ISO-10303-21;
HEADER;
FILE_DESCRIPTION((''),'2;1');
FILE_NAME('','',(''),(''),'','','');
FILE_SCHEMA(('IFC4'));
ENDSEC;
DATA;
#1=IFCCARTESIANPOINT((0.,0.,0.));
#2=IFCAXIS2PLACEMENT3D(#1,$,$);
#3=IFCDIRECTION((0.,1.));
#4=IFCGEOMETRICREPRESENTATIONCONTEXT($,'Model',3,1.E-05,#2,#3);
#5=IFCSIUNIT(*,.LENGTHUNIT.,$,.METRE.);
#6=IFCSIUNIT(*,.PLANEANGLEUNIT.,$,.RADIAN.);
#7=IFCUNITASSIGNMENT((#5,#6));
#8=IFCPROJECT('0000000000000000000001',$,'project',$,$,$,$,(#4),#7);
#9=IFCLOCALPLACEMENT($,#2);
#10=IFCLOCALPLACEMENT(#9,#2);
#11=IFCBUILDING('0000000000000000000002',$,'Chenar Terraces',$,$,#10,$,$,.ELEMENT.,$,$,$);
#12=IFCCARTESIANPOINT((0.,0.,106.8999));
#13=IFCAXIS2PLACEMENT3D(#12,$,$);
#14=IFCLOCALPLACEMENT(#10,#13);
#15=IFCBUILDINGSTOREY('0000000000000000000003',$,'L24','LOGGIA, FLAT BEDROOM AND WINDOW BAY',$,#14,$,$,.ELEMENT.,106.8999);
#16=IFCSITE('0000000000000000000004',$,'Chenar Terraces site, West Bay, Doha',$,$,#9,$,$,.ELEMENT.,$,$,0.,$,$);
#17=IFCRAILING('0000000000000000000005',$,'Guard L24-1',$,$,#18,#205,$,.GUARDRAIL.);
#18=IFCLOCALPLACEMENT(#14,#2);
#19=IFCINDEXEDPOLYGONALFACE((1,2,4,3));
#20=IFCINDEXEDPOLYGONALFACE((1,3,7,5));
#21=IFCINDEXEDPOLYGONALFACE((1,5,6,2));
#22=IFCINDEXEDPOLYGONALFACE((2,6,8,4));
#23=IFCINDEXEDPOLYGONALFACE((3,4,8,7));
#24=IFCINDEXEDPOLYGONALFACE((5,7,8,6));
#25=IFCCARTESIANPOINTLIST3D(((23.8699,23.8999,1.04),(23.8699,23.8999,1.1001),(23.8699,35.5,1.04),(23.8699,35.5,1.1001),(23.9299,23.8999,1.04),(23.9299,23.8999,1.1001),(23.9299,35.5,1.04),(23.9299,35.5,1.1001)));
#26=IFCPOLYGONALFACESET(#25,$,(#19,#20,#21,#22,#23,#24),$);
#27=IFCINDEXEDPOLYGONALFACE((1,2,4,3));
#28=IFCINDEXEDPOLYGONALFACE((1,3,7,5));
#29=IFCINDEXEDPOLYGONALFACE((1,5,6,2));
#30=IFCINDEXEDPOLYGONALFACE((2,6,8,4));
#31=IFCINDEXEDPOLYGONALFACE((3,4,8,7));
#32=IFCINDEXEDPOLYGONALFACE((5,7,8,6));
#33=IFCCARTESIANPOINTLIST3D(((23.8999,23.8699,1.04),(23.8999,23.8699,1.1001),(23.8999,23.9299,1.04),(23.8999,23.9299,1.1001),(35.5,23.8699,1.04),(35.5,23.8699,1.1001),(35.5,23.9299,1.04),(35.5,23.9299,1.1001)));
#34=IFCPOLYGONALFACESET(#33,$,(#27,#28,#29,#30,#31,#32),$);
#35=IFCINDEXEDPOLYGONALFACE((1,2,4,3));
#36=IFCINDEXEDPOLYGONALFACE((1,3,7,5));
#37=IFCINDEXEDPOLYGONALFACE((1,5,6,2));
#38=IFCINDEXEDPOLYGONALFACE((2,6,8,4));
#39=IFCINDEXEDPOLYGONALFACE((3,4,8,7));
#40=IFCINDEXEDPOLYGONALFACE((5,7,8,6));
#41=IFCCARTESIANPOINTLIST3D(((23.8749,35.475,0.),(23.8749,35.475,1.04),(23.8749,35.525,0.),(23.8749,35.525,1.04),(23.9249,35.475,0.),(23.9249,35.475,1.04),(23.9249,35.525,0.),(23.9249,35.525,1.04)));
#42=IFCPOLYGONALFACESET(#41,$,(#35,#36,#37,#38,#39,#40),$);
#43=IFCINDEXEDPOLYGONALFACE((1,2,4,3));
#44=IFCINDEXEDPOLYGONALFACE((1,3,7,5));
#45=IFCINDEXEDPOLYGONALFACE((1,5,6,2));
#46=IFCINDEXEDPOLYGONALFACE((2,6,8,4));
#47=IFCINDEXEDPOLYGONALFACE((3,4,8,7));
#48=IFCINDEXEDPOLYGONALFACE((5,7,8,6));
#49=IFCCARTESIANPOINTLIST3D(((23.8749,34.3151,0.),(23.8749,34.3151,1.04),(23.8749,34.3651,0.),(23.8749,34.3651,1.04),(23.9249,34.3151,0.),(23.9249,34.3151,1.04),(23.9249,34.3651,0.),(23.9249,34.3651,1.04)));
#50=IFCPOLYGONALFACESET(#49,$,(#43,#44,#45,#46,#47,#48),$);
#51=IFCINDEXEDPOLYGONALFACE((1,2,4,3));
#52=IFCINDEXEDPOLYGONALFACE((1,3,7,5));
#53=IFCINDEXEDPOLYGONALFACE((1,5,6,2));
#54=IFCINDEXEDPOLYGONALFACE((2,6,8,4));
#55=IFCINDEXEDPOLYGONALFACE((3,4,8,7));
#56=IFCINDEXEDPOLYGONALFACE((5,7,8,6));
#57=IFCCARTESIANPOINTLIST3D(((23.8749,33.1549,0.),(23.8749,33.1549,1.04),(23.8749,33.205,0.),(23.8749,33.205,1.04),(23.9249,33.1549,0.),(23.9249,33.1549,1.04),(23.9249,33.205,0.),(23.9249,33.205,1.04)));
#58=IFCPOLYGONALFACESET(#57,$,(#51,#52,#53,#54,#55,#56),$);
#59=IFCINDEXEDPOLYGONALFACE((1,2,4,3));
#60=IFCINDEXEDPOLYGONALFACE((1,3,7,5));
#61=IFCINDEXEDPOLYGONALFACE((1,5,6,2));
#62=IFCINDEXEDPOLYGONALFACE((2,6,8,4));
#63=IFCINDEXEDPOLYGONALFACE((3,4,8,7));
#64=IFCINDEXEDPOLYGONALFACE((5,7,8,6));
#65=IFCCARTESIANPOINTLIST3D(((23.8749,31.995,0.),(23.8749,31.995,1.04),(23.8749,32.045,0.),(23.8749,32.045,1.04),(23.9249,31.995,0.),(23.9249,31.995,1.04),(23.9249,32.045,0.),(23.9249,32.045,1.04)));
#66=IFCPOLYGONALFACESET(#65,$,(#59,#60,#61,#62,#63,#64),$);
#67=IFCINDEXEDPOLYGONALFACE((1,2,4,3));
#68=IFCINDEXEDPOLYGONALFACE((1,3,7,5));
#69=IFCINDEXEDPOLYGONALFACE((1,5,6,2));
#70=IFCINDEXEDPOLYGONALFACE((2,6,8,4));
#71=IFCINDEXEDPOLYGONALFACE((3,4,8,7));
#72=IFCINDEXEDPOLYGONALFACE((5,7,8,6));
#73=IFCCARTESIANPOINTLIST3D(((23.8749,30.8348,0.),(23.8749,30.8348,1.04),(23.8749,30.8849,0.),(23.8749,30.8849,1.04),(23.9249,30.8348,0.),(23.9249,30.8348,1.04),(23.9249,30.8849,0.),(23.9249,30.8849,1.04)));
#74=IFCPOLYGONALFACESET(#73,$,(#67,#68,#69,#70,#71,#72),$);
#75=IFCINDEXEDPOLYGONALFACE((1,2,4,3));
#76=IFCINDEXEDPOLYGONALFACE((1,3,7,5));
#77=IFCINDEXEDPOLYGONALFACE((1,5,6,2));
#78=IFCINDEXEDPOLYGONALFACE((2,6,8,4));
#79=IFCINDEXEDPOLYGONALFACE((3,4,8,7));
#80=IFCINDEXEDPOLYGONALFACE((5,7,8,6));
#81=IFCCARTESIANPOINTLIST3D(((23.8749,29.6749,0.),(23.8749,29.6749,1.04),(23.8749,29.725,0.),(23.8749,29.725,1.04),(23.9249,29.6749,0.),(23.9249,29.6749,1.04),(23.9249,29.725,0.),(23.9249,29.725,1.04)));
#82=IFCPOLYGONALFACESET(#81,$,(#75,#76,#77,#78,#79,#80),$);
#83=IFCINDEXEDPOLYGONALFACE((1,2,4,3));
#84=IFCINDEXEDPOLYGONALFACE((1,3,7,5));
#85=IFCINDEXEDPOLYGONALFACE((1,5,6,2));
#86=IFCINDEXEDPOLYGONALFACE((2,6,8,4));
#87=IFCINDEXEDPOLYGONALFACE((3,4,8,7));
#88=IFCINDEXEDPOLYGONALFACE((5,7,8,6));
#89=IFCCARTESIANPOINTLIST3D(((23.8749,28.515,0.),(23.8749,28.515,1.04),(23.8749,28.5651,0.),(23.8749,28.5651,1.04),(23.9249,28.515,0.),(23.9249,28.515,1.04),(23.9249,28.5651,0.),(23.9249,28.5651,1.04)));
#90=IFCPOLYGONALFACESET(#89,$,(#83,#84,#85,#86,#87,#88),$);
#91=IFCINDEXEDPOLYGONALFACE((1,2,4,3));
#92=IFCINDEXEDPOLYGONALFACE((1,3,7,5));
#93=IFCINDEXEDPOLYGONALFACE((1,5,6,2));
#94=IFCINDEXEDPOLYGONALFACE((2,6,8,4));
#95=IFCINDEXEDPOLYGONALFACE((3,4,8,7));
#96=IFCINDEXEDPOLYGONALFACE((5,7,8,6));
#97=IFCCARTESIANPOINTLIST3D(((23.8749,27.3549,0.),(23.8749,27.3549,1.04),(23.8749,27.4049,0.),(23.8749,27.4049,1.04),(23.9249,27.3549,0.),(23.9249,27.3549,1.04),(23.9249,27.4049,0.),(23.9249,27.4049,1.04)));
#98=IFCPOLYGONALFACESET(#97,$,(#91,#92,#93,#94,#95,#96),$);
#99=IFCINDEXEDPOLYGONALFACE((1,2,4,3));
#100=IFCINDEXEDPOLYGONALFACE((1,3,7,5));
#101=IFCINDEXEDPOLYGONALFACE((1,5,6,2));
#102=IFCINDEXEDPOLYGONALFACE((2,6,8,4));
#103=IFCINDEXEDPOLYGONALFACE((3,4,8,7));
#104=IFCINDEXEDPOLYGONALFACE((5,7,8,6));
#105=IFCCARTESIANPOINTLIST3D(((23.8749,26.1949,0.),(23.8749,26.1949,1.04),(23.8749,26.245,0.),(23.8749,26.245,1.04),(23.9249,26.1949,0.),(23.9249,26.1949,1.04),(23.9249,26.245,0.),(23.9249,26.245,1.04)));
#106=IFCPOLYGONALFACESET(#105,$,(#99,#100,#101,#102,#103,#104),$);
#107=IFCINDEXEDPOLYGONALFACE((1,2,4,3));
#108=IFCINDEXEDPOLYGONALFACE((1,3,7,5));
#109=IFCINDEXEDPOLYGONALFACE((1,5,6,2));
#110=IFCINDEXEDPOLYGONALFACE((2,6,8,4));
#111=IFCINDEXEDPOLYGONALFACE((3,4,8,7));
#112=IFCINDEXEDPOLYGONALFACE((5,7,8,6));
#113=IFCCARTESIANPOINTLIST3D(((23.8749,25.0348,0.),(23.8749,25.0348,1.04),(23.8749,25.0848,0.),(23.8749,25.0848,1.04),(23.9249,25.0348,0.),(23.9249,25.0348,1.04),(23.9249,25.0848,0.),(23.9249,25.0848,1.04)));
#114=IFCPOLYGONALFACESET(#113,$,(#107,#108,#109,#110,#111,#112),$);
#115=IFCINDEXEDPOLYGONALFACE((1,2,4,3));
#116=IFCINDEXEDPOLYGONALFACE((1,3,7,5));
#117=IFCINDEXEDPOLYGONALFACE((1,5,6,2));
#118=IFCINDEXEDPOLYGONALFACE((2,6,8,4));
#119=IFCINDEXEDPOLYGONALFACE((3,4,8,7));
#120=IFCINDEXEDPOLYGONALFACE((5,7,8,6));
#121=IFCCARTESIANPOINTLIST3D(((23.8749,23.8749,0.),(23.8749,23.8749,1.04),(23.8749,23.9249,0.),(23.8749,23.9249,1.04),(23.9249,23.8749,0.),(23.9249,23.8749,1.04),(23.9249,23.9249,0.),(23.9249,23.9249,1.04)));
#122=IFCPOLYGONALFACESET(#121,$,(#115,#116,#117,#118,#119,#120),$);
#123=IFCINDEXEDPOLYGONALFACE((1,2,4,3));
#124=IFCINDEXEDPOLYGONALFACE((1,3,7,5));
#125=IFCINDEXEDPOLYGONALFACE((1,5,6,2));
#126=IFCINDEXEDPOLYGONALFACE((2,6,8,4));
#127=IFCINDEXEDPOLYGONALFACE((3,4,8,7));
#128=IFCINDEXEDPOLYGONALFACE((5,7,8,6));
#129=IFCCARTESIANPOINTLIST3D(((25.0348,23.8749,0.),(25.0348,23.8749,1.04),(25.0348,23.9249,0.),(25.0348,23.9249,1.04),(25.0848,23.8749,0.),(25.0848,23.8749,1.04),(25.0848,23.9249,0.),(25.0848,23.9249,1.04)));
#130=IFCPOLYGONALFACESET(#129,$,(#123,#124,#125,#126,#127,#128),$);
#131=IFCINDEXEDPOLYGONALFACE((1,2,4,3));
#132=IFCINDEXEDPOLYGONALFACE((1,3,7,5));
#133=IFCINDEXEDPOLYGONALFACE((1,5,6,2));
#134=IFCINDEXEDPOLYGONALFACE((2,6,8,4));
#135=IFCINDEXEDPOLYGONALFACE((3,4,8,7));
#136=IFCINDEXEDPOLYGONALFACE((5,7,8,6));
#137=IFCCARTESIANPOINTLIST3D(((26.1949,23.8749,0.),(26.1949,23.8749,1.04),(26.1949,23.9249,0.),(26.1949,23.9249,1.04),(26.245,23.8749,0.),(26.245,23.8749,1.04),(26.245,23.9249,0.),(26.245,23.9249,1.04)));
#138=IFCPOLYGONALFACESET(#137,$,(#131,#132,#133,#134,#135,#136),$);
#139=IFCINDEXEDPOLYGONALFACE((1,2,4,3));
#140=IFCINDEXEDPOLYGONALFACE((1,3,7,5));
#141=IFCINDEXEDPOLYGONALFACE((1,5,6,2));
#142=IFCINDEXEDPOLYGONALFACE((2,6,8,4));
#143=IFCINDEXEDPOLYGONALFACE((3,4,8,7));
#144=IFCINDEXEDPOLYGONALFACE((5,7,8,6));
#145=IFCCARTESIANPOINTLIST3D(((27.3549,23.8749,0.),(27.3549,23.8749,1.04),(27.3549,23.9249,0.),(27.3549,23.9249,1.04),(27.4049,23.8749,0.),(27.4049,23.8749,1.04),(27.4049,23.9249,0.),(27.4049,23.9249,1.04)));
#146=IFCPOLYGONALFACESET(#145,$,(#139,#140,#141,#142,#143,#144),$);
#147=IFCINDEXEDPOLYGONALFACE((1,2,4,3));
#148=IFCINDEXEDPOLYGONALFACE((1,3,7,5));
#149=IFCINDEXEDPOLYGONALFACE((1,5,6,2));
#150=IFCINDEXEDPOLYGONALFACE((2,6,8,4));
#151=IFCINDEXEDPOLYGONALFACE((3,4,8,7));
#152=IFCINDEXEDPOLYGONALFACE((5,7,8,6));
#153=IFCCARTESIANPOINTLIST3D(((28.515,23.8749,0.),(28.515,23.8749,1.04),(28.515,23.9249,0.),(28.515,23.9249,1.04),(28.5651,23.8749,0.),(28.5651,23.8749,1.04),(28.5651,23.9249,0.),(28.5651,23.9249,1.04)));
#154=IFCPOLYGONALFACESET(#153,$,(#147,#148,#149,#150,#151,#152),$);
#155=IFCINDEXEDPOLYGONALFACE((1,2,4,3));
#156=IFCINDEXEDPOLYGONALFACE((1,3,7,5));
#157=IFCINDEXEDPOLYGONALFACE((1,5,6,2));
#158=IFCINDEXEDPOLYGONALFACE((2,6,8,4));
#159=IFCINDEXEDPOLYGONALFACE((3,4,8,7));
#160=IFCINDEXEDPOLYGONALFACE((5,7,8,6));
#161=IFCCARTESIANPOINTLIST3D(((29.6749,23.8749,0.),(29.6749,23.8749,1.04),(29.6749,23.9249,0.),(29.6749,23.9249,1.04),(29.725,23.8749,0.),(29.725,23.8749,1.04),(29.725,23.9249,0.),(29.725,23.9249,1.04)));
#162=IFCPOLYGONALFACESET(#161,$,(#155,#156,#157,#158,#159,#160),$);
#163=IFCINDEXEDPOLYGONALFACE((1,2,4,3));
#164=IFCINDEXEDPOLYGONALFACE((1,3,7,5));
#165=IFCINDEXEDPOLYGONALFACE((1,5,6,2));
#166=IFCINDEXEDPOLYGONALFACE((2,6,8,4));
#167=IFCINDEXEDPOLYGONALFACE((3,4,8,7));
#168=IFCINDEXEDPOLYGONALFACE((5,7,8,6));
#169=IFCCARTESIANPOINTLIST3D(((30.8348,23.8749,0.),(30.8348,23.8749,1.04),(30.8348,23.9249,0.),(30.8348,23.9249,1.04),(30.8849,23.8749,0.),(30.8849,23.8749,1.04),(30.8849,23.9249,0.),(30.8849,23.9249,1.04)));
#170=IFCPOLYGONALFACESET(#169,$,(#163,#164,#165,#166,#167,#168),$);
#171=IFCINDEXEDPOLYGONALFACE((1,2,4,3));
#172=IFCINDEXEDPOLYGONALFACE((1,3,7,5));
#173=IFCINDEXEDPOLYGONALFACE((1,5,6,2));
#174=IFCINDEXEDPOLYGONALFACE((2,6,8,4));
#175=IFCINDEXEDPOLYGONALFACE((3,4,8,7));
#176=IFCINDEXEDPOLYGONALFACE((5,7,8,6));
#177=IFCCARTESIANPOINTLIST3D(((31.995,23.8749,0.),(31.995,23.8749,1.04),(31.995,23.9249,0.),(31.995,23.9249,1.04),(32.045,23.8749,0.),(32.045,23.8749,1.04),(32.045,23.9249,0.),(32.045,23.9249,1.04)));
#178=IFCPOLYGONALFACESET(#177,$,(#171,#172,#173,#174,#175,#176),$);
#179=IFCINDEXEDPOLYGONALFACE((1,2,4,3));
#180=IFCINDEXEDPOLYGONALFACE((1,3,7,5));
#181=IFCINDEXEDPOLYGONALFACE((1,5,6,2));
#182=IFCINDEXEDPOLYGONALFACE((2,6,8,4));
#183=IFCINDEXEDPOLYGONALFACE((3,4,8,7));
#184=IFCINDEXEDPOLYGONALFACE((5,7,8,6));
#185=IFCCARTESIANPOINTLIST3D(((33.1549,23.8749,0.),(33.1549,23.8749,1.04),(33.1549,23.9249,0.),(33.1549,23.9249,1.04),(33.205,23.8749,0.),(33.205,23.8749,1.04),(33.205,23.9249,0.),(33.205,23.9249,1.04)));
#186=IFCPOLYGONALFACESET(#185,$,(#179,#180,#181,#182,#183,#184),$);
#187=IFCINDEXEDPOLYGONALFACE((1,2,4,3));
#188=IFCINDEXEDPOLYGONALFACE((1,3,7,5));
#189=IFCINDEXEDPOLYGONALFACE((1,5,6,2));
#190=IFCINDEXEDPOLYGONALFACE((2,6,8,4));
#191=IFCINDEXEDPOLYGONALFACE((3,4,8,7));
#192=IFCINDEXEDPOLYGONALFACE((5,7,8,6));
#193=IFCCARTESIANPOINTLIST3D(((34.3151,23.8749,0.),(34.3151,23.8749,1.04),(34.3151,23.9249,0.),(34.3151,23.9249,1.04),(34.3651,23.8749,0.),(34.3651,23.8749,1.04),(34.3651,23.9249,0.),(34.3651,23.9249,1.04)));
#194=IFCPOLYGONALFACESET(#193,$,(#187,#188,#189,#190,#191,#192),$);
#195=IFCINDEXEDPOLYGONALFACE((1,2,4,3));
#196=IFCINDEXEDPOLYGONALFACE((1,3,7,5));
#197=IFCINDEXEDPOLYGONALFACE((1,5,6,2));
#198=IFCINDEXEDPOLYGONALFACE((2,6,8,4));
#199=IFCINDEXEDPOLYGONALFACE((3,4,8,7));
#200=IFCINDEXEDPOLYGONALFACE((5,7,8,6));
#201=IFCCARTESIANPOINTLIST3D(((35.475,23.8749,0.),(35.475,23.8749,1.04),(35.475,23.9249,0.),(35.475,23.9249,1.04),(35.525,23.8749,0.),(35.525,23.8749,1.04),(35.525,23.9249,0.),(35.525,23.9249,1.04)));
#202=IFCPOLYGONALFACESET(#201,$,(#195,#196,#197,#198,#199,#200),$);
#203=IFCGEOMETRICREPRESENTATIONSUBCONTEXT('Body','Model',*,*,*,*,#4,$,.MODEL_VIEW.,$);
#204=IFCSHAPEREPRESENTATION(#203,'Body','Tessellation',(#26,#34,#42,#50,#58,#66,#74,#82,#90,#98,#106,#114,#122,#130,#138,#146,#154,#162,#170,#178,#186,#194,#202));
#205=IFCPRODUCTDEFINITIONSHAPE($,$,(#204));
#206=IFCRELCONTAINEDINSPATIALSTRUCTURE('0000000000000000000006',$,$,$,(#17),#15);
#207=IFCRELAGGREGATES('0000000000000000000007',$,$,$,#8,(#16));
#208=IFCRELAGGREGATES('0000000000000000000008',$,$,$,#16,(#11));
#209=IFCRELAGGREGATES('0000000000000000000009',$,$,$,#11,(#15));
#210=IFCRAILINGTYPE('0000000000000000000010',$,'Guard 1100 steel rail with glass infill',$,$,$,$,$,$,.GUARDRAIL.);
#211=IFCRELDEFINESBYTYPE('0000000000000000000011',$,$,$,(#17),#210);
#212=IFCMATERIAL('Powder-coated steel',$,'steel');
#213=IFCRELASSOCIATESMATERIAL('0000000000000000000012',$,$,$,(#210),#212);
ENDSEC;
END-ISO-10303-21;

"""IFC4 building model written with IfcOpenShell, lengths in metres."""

from ifc_helpers import new_model, si_unit, direction, frame, origin, origin_2d, place, context, subcontext, project, spatial, rectangle, extrude, material, type_object, element, save


model = new_model("IFC4")

# Units and contexts
model_context = context("Model", 3, precision=1e-05, world=origin(), true_north=direction((0.0, 1.0)))
body_context = subcontext(model_context, "Body", "Model", "MODEL_VIEW")
ifc_project = project(units=[si_unit("LENGTHUNIT", "METRE"), si_unit("PLANEANGLEUNIT", "RADIAN")], contexts=[model_context])

# Site, building, storey
site_placement = place(None, origin())
site = spatial("IfcSite", under=ifc_project, at=site_placement, Name="Chenar Terraces site, West Bay, Doha", CompositionType="ELEMENT", RefElevation=0.0)
building_placement = place(site_placement, origin())
building = spatial("IfcBuilding", under=site, at=building_placement, Name="Chenar Terraces", CompositionType="ELEMENT")
storey_placement = place(building_placement, frame((0.0, 0.0, 106.8999)))
storey = spatial("IfcBuildingStorey", under=building, at=storey_placement, Name="L24", Description="LOGGIA, FLAT BEDROOM AND WINDOW BAY", CompositionType="ELEMENT", Elevation=106.8999)

# Railing
ifc_material_1 = material(Name="Powder-coated steel", Category="steel")
railing_type = type_object("IfcRailingType", Name="Guard 1100 steel rail with glass infill", PredefinedType="GUARDRAIL", material=ifc_material_1)
railing_placement = place(storey_placement, frame((23.8999, 35.5, 0.0)))
element("IfcRailing", 1, at=railing_placement, inside=storey, type_object=railing_type, Name="Guard L24-1", PredefinedType="GUARDRAIL", context=body_context, shape_type="SweptSolid", body=[
    extrude(rectangle(XDim=0.0601, YDim=0.0601, at=origin_2d()), frame((0.0, 0.0, 1.0701), z_axis=(0.0, -1.0, 0.0), x_axis=(1.0, 0.0, 0.0)), (0.0, 0.0, 1.0), 11.6001),
    extrude(rectangle(XDim=0.0601, YDim=0.0601, at=origin_2d()), frame((0.0, -11.6001, 1.0701), z_axis=(1.0, 0.0, 0.0), x_axis=(0.0, 1.0, 0.0)), (0.0, 0.0, 1.0), 11.6001),
    extrude(rectangle(XDim=0.05, YDim=0.05, at=origin_2d()), origin(), (0.0, 0.0, 1.0), 1.04),
    extrude(rectangle(XDim=0.05, YDim=0.05, at=origin_2d()), frame((0.0, -1.1599, 0.0)), (0.0, 0.0, 1.0), 1.04),
    extrude(rectangle(XDim=0.05, YDim=0.05, at=origin_2d()), frame((0.0, -2.3201, 0.0)), (0.0, 0.0, 1.0), 1.04),
    extrude(rectangle(XDim=0.05, YDim=0.05, at=origin_2d()), frame((0.0, -3.48, 0.0)), (0.0, 0.0, 1.0), 1.04),
    extrude(rectangle(XDim=0.05, YDim=0.05, at=origin_2d()), frame((0.0, -4.6401, 0.0)), (0.0, 0.0, 1.0), 1.04),
    extrude(rectangle(XDim=0.05, YDim=0.05, at=origin_2d()), frame((0.0, -5.8, 0.0)), (0.0, 0.0, 1.0), 1.04),
    extrude(rectangle(XDim=0.05, YDim=0.05, at=origin_2d()), frame((0.0, -6.96, 0.0)), (0.0, 0.0, 1.0), 1.04),
    extrude(rectangle(XDim=0.05, YDim=0.05, at=origin_2d()), frame((0.0, -8.1201, 0.0)), (0.0, 0.0, 1.0), 1.04),
    extrude(rectangle(XDim=0.05, YDim=0.05, at=origin_2d()), frame((0.0, -9.28, 0.0)), (0.0, 0.0, 1.0), 1.04),
    extrude(rectangle(XDim=0.05, YDim=0.05, at=origin_2d()), frame((0.0, -10.4402, 0.0)), (0.0, 0.0, 1.0), 1.04),
    extrude(rectangle(XDim=0.05, YDim=0.05, at=origin_2d()), frame((0.0, -11.6001, 0.0)), (0.0, 0.0, 1.0), 1.04),
    extrude(rectangle(XDim=0.05, YDim=0.05, at=origin_2d()), frame((1.1599, -11.6001, 0.0)), (0.0, 0.0, 1.0), 1.04),
    extrude(rectangle(XDim=0.05, YDim=0.05, at=origin_2d()), frame((2.3201, -11.6001, 0.0)), (0.0, 0.0, 1.0), 1.04),
    extrude(rectangle(XDim=0.05, YDim=0.05, at=origin_2d()), frame((3.48, -11.6001, 0.0)), (0.0, 0.0, 1.0), 1.04),
    extrude(rectangle(XDim=0.05, YDim=0.05, at=origin_2d()), frame((4.6401, -11.6001, 0.0)), (0.0, 0.0, 1.0), 1.04),
    extrude(rectangle(XDim=0.05, YDim=0.05, at=origin_2d()), frame((5.8, -11.6001, 0.0)), (0.0, 0.0, 1.0), 1.04),
    extrude(rectangle(XDim=0.05, YDim=0.05, at=origin_2d()), frame((6.96, -11.6001, 0.0)), (0.0, 0.0, 1.0), 1.04),
    extrude(rectangle(XDim=0.05, YDim=0.05, at=origin_2d()), frame((8.1201, -11.6001, 0.0)), (0.0, 0.0, 1.0), 1.04),
    extrude(rectangle(XDim=0.05, YDim=0.05, at=origin_2d()), frame((9.28, -11.6001, 0.0)), (0.0, 0.0, 1.0), 1.04),
    extrude(rectangle(XDim=0.05, YDim=0.05, at=origin_2d()), frame((10.4402, -11.6001, 0.0)), (0.0, 0.0, 1.0), 1.04),
    extrude(rectangle(XDim=0.05, YDim=0.05, at=origin_2d()), frame((11.6001, -11.6001, 0.0)), (0.0, 0.0, 1.0), 1.04),
])

save(model, "model.ifc")
